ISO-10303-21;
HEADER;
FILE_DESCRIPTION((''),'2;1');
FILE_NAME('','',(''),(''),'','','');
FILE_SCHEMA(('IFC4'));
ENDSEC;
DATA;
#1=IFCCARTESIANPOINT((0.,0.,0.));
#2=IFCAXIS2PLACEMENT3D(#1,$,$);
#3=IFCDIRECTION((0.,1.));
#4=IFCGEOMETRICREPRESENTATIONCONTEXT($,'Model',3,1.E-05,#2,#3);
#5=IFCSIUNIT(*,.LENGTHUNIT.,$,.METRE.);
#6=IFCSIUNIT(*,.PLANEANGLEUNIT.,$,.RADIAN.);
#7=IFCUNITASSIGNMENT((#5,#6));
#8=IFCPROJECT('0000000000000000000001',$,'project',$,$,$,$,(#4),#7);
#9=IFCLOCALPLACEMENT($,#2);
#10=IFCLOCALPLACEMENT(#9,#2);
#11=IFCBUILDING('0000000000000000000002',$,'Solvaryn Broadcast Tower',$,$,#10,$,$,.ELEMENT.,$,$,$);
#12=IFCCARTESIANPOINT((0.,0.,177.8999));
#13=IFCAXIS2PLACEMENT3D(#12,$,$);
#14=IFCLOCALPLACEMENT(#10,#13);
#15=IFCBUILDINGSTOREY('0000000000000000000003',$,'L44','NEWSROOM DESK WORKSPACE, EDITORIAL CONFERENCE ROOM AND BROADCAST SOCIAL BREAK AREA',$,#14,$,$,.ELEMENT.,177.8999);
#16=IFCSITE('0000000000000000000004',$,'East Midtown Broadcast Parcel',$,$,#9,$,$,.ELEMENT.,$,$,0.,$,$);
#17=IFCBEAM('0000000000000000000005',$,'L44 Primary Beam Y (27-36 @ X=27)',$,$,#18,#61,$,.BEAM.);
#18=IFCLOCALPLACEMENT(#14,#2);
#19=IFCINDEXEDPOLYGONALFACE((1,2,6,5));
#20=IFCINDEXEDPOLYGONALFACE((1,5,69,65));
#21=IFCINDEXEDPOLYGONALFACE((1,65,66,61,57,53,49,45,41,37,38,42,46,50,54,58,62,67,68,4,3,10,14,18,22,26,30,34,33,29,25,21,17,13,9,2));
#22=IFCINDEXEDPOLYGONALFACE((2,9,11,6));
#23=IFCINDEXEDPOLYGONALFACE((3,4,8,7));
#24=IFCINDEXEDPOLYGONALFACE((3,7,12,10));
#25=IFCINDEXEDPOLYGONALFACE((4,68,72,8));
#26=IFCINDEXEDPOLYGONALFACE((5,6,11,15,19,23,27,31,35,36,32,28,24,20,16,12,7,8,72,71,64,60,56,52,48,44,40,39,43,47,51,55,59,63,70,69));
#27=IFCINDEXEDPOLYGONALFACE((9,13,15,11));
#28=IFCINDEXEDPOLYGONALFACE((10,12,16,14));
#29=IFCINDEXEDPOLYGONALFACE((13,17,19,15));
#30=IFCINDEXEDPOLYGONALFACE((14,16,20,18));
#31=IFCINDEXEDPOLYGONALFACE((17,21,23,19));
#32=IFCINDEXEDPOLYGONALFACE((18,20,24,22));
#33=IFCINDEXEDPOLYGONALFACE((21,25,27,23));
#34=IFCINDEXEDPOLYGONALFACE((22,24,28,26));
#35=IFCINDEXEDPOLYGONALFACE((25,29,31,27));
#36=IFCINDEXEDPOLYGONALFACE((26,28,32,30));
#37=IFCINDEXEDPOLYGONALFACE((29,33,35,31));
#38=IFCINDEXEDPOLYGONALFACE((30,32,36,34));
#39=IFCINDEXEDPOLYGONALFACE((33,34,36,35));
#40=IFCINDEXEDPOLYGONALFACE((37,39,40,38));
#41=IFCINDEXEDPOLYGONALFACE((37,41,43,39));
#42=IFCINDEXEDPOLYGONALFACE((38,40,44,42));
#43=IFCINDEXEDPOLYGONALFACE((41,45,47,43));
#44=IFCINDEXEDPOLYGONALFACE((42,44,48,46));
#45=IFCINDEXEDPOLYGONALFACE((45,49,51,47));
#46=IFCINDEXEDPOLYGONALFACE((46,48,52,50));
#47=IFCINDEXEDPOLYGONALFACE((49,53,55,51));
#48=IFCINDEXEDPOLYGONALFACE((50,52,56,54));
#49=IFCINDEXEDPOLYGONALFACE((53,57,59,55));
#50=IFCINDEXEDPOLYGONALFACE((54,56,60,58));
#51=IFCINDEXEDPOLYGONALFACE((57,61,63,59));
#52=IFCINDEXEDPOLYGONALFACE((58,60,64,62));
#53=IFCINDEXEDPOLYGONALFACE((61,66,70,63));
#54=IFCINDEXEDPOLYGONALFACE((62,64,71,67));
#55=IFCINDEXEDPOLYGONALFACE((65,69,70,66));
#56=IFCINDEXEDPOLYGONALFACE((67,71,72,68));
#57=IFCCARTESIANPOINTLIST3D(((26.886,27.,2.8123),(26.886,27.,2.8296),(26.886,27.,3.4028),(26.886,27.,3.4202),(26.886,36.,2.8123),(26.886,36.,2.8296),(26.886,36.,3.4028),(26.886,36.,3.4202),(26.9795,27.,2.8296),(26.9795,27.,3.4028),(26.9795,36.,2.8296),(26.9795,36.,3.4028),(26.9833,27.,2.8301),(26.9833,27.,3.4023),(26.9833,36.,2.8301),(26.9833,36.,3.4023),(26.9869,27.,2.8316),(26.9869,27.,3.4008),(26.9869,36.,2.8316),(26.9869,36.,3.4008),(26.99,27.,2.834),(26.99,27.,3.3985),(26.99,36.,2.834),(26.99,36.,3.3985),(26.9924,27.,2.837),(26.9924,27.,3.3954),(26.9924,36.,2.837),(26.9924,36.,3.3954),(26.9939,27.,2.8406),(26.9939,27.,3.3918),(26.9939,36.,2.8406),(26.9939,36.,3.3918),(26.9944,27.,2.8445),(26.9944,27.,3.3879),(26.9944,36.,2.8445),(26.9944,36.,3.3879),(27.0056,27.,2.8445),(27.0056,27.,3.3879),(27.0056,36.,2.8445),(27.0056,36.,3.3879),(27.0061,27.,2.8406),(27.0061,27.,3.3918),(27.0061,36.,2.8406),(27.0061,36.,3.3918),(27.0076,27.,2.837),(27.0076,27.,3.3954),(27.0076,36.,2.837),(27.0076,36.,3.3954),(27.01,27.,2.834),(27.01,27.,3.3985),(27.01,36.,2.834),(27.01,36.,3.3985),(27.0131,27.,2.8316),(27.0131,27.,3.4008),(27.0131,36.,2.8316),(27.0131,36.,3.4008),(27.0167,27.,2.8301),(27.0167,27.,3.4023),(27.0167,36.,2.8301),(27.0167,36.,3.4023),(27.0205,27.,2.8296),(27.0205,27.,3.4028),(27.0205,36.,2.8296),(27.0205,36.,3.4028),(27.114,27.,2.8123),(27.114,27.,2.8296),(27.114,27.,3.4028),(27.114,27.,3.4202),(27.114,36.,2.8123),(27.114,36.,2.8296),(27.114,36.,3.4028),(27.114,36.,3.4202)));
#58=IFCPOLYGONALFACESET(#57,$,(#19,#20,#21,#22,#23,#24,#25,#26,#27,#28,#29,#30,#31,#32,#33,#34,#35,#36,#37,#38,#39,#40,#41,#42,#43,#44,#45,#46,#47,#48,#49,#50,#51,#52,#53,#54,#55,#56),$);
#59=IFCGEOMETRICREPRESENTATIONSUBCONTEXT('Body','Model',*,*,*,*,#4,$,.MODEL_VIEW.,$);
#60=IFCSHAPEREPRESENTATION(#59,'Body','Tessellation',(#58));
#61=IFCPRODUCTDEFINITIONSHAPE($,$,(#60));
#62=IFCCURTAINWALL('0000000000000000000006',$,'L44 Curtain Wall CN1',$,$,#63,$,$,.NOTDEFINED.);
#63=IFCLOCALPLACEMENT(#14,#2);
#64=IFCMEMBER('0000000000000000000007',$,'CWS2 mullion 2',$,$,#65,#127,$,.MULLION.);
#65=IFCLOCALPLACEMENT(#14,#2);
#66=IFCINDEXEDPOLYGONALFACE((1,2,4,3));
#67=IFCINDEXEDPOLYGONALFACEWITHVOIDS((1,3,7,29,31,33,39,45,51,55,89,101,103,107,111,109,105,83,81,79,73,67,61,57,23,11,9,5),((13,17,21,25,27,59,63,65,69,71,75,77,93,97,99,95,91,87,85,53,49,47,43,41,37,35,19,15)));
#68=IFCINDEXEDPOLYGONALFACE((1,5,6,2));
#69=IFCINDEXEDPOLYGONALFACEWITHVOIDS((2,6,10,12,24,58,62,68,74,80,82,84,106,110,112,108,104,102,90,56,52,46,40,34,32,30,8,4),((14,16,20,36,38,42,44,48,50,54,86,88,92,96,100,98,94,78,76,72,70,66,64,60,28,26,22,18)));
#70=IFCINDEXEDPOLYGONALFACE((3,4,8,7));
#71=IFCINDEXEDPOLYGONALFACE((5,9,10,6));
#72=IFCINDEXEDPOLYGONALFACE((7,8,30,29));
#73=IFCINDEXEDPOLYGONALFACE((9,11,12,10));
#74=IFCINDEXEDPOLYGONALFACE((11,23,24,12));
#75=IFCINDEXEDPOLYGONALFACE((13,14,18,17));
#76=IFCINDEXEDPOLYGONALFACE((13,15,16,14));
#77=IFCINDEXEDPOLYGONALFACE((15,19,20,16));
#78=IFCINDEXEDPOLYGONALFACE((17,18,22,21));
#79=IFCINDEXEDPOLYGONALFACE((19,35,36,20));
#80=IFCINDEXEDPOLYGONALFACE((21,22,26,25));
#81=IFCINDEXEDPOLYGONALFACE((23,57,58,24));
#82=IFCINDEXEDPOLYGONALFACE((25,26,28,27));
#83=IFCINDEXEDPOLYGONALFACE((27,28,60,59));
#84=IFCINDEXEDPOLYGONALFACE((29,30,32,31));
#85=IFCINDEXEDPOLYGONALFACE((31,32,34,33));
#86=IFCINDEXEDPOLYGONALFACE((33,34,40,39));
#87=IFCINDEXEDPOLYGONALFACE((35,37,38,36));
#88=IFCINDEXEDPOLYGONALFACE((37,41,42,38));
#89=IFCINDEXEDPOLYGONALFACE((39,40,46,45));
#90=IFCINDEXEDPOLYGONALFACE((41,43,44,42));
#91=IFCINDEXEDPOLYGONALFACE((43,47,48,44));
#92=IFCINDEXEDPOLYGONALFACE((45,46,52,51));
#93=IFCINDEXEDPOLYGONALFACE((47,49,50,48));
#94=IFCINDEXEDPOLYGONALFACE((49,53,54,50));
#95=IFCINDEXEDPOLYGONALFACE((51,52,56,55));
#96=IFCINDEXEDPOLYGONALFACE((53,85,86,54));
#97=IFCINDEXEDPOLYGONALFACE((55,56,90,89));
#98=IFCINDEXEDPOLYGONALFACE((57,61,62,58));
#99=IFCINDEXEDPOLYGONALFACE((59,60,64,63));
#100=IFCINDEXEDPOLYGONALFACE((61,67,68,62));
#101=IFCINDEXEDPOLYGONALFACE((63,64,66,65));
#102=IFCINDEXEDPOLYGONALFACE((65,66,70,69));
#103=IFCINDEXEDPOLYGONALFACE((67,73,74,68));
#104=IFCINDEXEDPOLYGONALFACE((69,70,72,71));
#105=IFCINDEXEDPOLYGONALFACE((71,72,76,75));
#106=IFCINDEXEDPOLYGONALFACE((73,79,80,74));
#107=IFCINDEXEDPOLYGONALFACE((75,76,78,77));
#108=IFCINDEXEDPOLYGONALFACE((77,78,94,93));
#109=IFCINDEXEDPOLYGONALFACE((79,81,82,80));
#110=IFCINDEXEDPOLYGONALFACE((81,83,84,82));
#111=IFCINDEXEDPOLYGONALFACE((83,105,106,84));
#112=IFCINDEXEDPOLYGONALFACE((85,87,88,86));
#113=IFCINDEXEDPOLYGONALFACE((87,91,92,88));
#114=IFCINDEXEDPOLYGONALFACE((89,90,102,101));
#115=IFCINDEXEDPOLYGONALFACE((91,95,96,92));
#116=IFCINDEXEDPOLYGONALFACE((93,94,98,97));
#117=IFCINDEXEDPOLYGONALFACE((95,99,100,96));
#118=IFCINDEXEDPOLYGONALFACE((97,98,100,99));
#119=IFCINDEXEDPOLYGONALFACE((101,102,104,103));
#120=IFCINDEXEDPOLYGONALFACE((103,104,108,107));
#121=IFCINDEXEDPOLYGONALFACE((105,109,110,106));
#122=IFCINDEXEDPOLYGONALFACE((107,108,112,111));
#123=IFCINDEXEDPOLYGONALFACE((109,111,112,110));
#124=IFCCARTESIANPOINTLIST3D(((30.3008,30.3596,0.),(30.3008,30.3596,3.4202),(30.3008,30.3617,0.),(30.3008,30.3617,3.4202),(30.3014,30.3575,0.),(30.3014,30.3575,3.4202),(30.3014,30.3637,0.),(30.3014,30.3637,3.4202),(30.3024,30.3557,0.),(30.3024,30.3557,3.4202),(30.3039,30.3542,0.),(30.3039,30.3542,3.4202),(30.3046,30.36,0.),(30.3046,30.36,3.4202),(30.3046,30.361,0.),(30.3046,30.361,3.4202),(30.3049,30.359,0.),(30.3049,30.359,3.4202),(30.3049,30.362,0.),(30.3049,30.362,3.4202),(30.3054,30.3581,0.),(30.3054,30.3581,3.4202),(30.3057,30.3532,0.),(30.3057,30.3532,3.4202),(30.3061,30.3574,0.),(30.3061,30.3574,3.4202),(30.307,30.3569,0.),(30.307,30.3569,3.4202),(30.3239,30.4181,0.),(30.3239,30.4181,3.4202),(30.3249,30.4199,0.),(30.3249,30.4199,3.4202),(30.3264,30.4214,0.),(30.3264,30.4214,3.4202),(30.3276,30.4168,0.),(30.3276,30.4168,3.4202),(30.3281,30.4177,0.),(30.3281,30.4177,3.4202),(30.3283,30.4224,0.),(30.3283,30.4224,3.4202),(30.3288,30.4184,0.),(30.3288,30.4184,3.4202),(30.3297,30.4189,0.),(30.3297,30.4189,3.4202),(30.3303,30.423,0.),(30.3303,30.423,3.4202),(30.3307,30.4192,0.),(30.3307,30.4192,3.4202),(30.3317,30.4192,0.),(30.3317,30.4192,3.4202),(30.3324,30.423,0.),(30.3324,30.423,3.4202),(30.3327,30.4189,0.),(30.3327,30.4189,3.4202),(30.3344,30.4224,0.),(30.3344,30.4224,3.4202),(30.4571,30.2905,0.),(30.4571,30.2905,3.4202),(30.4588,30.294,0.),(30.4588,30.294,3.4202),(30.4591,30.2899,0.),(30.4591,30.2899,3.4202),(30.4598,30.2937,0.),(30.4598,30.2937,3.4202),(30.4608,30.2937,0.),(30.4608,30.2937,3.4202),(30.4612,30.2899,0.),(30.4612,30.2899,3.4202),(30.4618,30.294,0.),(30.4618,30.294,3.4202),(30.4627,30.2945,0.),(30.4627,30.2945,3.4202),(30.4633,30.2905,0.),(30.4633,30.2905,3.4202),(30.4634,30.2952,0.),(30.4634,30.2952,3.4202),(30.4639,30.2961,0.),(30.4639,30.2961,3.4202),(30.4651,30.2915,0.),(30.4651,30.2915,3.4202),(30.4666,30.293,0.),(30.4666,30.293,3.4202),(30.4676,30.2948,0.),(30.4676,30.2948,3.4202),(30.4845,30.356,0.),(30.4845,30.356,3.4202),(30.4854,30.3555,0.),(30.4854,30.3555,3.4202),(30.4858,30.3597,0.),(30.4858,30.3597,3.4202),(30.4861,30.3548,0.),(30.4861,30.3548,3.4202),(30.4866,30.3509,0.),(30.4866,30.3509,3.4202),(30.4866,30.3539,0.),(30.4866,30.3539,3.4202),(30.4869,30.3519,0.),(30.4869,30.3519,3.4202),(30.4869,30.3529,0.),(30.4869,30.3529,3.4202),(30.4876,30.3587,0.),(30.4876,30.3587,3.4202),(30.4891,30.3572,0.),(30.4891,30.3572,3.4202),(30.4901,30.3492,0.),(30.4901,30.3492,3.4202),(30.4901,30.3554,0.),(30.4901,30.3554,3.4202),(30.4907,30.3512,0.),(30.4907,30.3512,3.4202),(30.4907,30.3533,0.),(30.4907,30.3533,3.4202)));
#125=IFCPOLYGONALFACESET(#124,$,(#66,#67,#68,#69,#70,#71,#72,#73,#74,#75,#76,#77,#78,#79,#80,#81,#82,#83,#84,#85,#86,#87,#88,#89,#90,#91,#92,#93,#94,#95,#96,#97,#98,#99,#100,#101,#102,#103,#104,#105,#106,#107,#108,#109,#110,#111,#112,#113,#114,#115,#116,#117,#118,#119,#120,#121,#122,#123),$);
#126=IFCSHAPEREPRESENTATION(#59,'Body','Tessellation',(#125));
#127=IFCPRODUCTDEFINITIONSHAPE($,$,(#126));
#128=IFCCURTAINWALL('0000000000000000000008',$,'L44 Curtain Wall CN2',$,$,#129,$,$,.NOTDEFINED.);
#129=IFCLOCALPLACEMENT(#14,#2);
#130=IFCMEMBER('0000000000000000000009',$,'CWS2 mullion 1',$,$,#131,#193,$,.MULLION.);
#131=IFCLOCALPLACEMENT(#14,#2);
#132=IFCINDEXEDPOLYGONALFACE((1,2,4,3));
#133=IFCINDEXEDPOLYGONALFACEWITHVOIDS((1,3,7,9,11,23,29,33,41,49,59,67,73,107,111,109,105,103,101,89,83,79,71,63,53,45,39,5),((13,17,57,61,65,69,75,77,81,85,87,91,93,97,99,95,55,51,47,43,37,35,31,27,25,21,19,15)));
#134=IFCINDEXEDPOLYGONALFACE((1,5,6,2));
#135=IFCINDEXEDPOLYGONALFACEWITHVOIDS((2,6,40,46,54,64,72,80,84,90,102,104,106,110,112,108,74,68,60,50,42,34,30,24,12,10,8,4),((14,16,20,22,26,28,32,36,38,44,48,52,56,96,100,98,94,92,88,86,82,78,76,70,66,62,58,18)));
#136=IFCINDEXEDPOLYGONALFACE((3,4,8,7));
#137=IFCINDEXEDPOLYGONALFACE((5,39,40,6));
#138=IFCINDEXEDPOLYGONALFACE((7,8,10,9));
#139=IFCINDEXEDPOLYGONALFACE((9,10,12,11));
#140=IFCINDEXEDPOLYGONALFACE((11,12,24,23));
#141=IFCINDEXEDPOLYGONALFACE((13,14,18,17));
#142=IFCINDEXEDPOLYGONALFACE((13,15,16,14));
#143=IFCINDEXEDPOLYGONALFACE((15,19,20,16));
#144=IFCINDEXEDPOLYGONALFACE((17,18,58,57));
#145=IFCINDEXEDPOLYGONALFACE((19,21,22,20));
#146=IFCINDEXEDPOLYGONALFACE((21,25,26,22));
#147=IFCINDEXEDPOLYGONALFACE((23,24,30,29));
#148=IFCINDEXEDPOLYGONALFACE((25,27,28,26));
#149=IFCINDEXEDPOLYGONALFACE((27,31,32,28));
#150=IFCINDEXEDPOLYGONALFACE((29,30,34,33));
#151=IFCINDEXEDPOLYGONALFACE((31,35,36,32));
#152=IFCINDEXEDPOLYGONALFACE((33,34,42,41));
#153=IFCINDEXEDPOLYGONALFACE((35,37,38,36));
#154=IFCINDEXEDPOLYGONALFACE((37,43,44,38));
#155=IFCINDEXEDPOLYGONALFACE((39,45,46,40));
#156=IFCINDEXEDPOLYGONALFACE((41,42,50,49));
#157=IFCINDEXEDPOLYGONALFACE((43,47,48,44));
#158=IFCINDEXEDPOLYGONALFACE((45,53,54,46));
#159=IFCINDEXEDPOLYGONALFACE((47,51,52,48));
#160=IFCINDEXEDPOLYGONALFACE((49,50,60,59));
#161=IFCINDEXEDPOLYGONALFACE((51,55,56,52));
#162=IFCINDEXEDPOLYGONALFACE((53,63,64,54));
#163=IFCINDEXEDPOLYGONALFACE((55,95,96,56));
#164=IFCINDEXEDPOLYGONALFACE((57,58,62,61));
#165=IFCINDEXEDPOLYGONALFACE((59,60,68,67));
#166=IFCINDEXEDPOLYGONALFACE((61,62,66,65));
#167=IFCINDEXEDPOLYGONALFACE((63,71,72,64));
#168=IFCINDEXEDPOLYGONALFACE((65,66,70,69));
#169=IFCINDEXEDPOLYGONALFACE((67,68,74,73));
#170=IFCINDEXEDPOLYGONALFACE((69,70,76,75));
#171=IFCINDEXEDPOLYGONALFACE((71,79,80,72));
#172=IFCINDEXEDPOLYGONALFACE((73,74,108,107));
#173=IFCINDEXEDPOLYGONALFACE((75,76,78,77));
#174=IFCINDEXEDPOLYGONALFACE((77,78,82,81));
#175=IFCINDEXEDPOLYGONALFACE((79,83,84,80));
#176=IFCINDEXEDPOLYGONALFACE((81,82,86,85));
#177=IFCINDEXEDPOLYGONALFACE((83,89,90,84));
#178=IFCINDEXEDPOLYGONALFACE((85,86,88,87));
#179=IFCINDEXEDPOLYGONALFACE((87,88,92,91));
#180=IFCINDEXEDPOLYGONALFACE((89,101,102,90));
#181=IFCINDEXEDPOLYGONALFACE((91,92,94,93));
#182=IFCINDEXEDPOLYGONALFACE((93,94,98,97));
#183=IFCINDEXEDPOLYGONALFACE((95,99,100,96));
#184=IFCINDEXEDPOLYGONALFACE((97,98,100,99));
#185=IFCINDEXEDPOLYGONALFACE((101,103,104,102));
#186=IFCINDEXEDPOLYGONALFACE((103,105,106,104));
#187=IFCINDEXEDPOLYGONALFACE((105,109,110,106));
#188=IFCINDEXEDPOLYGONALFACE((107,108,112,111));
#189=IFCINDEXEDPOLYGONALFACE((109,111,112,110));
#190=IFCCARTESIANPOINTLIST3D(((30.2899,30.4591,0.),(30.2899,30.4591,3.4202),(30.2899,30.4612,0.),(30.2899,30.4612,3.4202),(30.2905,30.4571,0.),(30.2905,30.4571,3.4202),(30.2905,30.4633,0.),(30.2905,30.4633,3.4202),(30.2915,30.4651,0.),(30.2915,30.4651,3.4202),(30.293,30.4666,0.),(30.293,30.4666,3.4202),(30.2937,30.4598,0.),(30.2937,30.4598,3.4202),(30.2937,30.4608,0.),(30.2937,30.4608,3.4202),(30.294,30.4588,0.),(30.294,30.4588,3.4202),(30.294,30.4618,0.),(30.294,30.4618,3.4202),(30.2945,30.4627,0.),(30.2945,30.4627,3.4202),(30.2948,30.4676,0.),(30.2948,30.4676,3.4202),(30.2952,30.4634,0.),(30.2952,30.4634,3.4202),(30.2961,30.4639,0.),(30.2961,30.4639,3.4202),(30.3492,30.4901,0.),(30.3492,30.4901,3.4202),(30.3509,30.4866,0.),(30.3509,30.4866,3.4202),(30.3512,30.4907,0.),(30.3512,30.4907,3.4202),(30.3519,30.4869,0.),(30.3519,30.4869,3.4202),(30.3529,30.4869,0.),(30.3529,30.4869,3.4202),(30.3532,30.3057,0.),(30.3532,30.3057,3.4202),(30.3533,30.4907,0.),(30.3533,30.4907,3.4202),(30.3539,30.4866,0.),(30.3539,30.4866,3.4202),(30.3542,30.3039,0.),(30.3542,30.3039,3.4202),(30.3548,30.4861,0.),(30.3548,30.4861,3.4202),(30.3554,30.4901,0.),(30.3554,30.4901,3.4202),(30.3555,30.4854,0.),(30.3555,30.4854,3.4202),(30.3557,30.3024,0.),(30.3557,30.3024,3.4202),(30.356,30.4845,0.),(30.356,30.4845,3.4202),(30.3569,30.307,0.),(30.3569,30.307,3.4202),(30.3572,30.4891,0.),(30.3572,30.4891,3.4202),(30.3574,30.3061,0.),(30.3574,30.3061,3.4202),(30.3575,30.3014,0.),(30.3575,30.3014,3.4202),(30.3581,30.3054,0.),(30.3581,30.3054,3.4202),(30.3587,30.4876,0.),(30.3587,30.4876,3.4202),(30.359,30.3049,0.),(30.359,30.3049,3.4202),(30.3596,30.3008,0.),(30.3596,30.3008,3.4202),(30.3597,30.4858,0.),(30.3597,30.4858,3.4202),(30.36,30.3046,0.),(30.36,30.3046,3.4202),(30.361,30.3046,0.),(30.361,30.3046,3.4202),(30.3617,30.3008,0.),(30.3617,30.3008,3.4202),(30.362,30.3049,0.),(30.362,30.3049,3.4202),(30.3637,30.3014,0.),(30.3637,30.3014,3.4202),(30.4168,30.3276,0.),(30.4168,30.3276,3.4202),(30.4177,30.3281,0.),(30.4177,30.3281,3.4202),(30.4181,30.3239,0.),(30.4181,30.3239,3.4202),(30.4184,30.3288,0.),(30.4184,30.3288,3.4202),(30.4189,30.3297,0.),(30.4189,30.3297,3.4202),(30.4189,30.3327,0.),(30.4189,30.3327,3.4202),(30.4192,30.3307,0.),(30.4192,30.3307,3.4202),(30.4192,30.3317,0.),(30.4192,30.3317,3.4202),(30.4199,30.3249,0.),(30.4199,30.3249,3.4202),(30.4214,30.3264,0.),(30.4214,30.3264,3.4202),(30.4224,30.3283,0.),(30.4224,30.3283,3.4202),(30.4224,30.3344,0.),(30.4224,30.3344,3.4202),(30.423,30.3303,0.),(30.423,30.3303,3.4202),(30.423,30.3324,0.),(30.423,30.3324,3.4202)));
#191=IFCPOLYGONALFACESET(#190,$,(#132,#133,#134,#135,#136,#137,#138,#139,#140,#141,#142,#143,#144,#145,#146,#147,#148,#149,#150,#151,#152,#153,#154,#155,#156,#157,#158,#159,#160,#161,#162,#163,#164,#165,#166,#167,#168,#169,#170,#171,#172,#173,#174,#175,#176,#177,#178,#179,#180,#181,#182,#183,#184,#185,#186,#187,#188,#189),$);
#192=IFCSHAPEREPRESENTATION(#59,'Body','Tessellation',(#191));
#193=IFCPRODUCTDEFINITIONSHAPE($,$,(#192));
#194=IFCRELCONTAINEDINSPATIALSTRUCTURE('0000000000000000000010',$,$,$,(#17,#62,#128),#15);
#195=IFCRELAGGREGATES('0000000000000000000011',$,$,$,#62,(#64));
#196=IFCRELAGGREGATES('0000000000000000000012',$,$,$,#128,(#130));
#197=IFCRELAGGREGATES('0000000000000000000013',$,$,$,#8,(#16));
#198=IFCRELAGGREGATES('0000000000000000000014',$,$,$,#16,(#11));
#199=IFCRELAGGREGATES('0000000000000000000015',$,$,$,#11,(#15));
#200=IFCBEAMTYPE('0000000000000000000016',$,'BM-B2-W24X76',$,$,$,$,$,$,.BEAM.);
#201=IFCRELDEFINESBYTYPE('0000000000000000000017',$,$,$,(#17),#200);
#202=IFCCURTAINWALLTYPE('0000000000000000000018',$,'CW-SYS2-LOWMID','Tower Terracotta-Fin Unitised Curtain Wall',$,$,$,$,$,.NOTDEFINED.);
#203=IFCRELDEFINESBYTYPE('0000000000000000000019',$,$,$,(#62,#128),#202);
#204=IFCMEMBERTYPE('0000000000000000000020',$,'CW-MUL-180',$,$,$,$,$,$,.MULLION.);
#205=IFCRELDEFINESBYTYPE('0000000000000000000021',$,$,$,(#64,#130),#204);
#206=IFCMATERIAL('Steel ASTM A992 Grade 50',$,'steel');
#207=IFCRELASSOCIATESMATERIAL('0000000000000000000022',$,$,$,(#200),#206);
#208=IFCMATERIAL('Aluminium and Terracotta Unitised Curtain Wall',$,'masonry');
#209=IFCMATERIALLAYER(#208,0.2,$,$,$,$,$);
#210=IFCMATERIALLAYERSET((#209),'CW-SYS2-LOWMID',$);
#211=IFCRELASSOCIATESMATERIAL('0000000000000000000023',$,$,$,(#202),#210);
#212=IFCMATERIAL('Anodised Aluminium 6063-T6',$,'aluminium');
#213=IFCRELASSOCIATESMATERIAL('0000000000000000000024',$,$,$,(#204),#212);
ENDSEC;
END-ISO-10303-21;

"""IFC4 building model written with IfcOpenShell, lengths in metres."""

from ifc_helpers import new_model, si_unit, direction, frame, origin, origin_2d, place, context, subcontext, project, spatial, hollow_rectangle, i_section, extrude, material, layer, layer_set, material_profile, profile_set, type_object, element, aggregate, save


model = new_model("IFC4")

# Units and contexts
model_context = context("Model", 3, precision=1e-05, world=origin(), true_north=direction((0.0, 1.0)))
body_context = subcontext(model_context, "Body", "Model", "MODEL_VIEW")
ifc_project = project(units=[si_unit("LENGTHUNIT", "METRE"), si_unit("PLANEANGLEUNIT", "RADIAN")], contexts=[model_context])

# Site, building, storey
site_placement = place(None, origin())
site = spatial("IfcSite", under=ifc_project, at=site_placement, Name="East Midtown Broadcast Parcel", CompositionType="ELEMENT", RefElevation=0.0)
building_placement = place(site_placement, origin())
building = spatial("IfcBuilding", under=site, at=building_placement, Name="Solvaryn Broadcast Tower", CompositionType="ELEMENT")
storey_placement = place(building_placement, frame((0.0, 0.0, 177.8999)))
storey = spatial("IfcBuildingStorey", under=building, at=storey_placement, Name="L44", Description="NEWSROOM DESK WORKSPACE, EDITORIAL CONFERENCE ROOM AND BROADCAST SOCIAL BREAK AREA", CompositionType="ELEMENT", Elevation=177.8999)

# Beam
ifc_material_1 = material(Name="Steel ASTM A992 Grade 50", Category="steel")
ifc_material_profile_1 = material_profile(ifc_material_1, i_section(OverallWidth=0.228, OverallDepth=0.6079, WebThickness=0.0112, FlangeThickness=0.0173, FilletRadius=0.0149, at=origin_2d()))
ifc_profile_set_1 = profile_set([ifc_material_profile_1], Name="Steel ASTM A992 Grade 50")
beam_type_1 = type_object("IfcBeamType", Name="BM-B2-W24X76", PredefinedType="BEAM", material=ifc_profile_set_1)
beam_1_placement = place(storey_placement, frame((27.0, 27.0, 3.1162), z_axis=(0.0, 1.0, 0.0), x_axis=(-1.0, 0.0, 0.0)))
element("IfcBeam", 1, at=beam_1_placement, inside=storey, type_object=beam_type_1, Name="L44 Primary Beam Y (27-36 @ X=27)", PredefinedType="BEAM", context=body_context, shape_type="SweptSolid", body=[
    extrude(i_section(OverallWidth=0.228, OverallDepth=0.6079, WebThickness=0.0112, FlangeThickness=0.0173, FilletRadius=0.0149, at=origin_2d()), origin(), (0.0, 0.0, 1.0), 9.0),
])

# Curtain wall, member
ifc_material_2 = material(Name="Aluminium and Terracotta Unitised Curtain Wall", Category="masonry")
ifc_layer_1 = layer(ifc_material_2, 0.2)
ifc_layer_set_1 = layer_set([ifc_layer_1], Name="CW-SYS2-LOWMID")
curtain_wall_type = type_object("IfcCurtainWallType", Name="CW-SYS2-LOWMID", Description="Tower Terracotta-Fin Unitised Curtain Wall", PredefinedType="NOTDEFINED", material=ifc_layer_set_1)
curtain_wall_1_placement = place(storey_placement, origin())
curtain_wall_1 = element("IfcCurtainWall", 2, at=curtain_wall_1_placement, inside=storey, type_object=curtain_wall_type, Name="L44 Curtain Wall CN1", PredefinedType="NOTDEFINED")
ifc_material_3 = material(Name="Anodised Aluminium 6063-T6", Category="aluminium")
ifc_material_profile_2 = material_profile(ifc_material_3, hollow_rectangle(XDim=0.075, YDim=0.1799, WallThickness=0.0039, InnerFilletRadius=0.0039, OuterFilletRadius=0.0081, at=origin_2d()))
ifc_profile_set_2 = profile_set([ifc_material_profile_2], Name="Anodised Aluminium 6063-T6")
member_type_1 = type_object("IfcMemberType", Name="CW-MUL-180", PredefinedType="MULLION", material=ifc_profile_set_2)
member_1_placement = place(storey_placement, frame((30.3958, 30.3564, 0.0), z_axis=(0.0, 0.0, 1.0), x_axis=(-0.382646, -0.923895, 0.0)))
member_1 = element("IfcMember", 3, at=member_1_placement, type_object=member_type_1, Name="CWS2 mullion 2", PredefinedType="MULLION", context=body_context, shape_type="SweptSolid", body=[
    extrude(hollow_rectangle(XDim=0.075, YDim=0.1799, WallThickness=0.0039, InnerFilletRadius=0.0039, OuterFilletRadius=0.0081, at=origin_2d()), origin(), (0.0, 0.0, 1.0), 3.4202),
])
aggregate(curtain_wall_1, [member_1])

# Curtain wall, member
curtain_wall_2_placement = place(storey_placement, origin())
curtain_wall_2 = element("IfcCurtainWall", 4, at=curtain_wall_2_placement, inside=storey, type_object=curtain_wall_type, Name="L44 Curtain Wall CN2", PredefinedType="NOTDEFINED")
member_2_placement = place(storey_placement, frame((30.3564, 30.3958, 0.0), z_axis=(0.0, 0.0, 1.0), x_axis=(-0.923895, -0.382646, 0.0)))
member_2 = element("IfcMember", 5, at=member_2_placement, type_object=member_type_1, Name="CWS2 mullion 1", PredefinedType="MULLION", context=body_context, shape_type="SweptSolid", body=[
    extrude(hollow_rectangle(XDim=0.075, YDim=0.1799, WallThickness=0.0039, InnerFilletRadius=0.0039, OuterFilletRadius=0.0081, at=origin_2d()), origin(), (0.0, 0.0, 1.0), 3.4202),
])
aggregate(curtain_wall_2, [member_2])

save(model, "model.ifc")
